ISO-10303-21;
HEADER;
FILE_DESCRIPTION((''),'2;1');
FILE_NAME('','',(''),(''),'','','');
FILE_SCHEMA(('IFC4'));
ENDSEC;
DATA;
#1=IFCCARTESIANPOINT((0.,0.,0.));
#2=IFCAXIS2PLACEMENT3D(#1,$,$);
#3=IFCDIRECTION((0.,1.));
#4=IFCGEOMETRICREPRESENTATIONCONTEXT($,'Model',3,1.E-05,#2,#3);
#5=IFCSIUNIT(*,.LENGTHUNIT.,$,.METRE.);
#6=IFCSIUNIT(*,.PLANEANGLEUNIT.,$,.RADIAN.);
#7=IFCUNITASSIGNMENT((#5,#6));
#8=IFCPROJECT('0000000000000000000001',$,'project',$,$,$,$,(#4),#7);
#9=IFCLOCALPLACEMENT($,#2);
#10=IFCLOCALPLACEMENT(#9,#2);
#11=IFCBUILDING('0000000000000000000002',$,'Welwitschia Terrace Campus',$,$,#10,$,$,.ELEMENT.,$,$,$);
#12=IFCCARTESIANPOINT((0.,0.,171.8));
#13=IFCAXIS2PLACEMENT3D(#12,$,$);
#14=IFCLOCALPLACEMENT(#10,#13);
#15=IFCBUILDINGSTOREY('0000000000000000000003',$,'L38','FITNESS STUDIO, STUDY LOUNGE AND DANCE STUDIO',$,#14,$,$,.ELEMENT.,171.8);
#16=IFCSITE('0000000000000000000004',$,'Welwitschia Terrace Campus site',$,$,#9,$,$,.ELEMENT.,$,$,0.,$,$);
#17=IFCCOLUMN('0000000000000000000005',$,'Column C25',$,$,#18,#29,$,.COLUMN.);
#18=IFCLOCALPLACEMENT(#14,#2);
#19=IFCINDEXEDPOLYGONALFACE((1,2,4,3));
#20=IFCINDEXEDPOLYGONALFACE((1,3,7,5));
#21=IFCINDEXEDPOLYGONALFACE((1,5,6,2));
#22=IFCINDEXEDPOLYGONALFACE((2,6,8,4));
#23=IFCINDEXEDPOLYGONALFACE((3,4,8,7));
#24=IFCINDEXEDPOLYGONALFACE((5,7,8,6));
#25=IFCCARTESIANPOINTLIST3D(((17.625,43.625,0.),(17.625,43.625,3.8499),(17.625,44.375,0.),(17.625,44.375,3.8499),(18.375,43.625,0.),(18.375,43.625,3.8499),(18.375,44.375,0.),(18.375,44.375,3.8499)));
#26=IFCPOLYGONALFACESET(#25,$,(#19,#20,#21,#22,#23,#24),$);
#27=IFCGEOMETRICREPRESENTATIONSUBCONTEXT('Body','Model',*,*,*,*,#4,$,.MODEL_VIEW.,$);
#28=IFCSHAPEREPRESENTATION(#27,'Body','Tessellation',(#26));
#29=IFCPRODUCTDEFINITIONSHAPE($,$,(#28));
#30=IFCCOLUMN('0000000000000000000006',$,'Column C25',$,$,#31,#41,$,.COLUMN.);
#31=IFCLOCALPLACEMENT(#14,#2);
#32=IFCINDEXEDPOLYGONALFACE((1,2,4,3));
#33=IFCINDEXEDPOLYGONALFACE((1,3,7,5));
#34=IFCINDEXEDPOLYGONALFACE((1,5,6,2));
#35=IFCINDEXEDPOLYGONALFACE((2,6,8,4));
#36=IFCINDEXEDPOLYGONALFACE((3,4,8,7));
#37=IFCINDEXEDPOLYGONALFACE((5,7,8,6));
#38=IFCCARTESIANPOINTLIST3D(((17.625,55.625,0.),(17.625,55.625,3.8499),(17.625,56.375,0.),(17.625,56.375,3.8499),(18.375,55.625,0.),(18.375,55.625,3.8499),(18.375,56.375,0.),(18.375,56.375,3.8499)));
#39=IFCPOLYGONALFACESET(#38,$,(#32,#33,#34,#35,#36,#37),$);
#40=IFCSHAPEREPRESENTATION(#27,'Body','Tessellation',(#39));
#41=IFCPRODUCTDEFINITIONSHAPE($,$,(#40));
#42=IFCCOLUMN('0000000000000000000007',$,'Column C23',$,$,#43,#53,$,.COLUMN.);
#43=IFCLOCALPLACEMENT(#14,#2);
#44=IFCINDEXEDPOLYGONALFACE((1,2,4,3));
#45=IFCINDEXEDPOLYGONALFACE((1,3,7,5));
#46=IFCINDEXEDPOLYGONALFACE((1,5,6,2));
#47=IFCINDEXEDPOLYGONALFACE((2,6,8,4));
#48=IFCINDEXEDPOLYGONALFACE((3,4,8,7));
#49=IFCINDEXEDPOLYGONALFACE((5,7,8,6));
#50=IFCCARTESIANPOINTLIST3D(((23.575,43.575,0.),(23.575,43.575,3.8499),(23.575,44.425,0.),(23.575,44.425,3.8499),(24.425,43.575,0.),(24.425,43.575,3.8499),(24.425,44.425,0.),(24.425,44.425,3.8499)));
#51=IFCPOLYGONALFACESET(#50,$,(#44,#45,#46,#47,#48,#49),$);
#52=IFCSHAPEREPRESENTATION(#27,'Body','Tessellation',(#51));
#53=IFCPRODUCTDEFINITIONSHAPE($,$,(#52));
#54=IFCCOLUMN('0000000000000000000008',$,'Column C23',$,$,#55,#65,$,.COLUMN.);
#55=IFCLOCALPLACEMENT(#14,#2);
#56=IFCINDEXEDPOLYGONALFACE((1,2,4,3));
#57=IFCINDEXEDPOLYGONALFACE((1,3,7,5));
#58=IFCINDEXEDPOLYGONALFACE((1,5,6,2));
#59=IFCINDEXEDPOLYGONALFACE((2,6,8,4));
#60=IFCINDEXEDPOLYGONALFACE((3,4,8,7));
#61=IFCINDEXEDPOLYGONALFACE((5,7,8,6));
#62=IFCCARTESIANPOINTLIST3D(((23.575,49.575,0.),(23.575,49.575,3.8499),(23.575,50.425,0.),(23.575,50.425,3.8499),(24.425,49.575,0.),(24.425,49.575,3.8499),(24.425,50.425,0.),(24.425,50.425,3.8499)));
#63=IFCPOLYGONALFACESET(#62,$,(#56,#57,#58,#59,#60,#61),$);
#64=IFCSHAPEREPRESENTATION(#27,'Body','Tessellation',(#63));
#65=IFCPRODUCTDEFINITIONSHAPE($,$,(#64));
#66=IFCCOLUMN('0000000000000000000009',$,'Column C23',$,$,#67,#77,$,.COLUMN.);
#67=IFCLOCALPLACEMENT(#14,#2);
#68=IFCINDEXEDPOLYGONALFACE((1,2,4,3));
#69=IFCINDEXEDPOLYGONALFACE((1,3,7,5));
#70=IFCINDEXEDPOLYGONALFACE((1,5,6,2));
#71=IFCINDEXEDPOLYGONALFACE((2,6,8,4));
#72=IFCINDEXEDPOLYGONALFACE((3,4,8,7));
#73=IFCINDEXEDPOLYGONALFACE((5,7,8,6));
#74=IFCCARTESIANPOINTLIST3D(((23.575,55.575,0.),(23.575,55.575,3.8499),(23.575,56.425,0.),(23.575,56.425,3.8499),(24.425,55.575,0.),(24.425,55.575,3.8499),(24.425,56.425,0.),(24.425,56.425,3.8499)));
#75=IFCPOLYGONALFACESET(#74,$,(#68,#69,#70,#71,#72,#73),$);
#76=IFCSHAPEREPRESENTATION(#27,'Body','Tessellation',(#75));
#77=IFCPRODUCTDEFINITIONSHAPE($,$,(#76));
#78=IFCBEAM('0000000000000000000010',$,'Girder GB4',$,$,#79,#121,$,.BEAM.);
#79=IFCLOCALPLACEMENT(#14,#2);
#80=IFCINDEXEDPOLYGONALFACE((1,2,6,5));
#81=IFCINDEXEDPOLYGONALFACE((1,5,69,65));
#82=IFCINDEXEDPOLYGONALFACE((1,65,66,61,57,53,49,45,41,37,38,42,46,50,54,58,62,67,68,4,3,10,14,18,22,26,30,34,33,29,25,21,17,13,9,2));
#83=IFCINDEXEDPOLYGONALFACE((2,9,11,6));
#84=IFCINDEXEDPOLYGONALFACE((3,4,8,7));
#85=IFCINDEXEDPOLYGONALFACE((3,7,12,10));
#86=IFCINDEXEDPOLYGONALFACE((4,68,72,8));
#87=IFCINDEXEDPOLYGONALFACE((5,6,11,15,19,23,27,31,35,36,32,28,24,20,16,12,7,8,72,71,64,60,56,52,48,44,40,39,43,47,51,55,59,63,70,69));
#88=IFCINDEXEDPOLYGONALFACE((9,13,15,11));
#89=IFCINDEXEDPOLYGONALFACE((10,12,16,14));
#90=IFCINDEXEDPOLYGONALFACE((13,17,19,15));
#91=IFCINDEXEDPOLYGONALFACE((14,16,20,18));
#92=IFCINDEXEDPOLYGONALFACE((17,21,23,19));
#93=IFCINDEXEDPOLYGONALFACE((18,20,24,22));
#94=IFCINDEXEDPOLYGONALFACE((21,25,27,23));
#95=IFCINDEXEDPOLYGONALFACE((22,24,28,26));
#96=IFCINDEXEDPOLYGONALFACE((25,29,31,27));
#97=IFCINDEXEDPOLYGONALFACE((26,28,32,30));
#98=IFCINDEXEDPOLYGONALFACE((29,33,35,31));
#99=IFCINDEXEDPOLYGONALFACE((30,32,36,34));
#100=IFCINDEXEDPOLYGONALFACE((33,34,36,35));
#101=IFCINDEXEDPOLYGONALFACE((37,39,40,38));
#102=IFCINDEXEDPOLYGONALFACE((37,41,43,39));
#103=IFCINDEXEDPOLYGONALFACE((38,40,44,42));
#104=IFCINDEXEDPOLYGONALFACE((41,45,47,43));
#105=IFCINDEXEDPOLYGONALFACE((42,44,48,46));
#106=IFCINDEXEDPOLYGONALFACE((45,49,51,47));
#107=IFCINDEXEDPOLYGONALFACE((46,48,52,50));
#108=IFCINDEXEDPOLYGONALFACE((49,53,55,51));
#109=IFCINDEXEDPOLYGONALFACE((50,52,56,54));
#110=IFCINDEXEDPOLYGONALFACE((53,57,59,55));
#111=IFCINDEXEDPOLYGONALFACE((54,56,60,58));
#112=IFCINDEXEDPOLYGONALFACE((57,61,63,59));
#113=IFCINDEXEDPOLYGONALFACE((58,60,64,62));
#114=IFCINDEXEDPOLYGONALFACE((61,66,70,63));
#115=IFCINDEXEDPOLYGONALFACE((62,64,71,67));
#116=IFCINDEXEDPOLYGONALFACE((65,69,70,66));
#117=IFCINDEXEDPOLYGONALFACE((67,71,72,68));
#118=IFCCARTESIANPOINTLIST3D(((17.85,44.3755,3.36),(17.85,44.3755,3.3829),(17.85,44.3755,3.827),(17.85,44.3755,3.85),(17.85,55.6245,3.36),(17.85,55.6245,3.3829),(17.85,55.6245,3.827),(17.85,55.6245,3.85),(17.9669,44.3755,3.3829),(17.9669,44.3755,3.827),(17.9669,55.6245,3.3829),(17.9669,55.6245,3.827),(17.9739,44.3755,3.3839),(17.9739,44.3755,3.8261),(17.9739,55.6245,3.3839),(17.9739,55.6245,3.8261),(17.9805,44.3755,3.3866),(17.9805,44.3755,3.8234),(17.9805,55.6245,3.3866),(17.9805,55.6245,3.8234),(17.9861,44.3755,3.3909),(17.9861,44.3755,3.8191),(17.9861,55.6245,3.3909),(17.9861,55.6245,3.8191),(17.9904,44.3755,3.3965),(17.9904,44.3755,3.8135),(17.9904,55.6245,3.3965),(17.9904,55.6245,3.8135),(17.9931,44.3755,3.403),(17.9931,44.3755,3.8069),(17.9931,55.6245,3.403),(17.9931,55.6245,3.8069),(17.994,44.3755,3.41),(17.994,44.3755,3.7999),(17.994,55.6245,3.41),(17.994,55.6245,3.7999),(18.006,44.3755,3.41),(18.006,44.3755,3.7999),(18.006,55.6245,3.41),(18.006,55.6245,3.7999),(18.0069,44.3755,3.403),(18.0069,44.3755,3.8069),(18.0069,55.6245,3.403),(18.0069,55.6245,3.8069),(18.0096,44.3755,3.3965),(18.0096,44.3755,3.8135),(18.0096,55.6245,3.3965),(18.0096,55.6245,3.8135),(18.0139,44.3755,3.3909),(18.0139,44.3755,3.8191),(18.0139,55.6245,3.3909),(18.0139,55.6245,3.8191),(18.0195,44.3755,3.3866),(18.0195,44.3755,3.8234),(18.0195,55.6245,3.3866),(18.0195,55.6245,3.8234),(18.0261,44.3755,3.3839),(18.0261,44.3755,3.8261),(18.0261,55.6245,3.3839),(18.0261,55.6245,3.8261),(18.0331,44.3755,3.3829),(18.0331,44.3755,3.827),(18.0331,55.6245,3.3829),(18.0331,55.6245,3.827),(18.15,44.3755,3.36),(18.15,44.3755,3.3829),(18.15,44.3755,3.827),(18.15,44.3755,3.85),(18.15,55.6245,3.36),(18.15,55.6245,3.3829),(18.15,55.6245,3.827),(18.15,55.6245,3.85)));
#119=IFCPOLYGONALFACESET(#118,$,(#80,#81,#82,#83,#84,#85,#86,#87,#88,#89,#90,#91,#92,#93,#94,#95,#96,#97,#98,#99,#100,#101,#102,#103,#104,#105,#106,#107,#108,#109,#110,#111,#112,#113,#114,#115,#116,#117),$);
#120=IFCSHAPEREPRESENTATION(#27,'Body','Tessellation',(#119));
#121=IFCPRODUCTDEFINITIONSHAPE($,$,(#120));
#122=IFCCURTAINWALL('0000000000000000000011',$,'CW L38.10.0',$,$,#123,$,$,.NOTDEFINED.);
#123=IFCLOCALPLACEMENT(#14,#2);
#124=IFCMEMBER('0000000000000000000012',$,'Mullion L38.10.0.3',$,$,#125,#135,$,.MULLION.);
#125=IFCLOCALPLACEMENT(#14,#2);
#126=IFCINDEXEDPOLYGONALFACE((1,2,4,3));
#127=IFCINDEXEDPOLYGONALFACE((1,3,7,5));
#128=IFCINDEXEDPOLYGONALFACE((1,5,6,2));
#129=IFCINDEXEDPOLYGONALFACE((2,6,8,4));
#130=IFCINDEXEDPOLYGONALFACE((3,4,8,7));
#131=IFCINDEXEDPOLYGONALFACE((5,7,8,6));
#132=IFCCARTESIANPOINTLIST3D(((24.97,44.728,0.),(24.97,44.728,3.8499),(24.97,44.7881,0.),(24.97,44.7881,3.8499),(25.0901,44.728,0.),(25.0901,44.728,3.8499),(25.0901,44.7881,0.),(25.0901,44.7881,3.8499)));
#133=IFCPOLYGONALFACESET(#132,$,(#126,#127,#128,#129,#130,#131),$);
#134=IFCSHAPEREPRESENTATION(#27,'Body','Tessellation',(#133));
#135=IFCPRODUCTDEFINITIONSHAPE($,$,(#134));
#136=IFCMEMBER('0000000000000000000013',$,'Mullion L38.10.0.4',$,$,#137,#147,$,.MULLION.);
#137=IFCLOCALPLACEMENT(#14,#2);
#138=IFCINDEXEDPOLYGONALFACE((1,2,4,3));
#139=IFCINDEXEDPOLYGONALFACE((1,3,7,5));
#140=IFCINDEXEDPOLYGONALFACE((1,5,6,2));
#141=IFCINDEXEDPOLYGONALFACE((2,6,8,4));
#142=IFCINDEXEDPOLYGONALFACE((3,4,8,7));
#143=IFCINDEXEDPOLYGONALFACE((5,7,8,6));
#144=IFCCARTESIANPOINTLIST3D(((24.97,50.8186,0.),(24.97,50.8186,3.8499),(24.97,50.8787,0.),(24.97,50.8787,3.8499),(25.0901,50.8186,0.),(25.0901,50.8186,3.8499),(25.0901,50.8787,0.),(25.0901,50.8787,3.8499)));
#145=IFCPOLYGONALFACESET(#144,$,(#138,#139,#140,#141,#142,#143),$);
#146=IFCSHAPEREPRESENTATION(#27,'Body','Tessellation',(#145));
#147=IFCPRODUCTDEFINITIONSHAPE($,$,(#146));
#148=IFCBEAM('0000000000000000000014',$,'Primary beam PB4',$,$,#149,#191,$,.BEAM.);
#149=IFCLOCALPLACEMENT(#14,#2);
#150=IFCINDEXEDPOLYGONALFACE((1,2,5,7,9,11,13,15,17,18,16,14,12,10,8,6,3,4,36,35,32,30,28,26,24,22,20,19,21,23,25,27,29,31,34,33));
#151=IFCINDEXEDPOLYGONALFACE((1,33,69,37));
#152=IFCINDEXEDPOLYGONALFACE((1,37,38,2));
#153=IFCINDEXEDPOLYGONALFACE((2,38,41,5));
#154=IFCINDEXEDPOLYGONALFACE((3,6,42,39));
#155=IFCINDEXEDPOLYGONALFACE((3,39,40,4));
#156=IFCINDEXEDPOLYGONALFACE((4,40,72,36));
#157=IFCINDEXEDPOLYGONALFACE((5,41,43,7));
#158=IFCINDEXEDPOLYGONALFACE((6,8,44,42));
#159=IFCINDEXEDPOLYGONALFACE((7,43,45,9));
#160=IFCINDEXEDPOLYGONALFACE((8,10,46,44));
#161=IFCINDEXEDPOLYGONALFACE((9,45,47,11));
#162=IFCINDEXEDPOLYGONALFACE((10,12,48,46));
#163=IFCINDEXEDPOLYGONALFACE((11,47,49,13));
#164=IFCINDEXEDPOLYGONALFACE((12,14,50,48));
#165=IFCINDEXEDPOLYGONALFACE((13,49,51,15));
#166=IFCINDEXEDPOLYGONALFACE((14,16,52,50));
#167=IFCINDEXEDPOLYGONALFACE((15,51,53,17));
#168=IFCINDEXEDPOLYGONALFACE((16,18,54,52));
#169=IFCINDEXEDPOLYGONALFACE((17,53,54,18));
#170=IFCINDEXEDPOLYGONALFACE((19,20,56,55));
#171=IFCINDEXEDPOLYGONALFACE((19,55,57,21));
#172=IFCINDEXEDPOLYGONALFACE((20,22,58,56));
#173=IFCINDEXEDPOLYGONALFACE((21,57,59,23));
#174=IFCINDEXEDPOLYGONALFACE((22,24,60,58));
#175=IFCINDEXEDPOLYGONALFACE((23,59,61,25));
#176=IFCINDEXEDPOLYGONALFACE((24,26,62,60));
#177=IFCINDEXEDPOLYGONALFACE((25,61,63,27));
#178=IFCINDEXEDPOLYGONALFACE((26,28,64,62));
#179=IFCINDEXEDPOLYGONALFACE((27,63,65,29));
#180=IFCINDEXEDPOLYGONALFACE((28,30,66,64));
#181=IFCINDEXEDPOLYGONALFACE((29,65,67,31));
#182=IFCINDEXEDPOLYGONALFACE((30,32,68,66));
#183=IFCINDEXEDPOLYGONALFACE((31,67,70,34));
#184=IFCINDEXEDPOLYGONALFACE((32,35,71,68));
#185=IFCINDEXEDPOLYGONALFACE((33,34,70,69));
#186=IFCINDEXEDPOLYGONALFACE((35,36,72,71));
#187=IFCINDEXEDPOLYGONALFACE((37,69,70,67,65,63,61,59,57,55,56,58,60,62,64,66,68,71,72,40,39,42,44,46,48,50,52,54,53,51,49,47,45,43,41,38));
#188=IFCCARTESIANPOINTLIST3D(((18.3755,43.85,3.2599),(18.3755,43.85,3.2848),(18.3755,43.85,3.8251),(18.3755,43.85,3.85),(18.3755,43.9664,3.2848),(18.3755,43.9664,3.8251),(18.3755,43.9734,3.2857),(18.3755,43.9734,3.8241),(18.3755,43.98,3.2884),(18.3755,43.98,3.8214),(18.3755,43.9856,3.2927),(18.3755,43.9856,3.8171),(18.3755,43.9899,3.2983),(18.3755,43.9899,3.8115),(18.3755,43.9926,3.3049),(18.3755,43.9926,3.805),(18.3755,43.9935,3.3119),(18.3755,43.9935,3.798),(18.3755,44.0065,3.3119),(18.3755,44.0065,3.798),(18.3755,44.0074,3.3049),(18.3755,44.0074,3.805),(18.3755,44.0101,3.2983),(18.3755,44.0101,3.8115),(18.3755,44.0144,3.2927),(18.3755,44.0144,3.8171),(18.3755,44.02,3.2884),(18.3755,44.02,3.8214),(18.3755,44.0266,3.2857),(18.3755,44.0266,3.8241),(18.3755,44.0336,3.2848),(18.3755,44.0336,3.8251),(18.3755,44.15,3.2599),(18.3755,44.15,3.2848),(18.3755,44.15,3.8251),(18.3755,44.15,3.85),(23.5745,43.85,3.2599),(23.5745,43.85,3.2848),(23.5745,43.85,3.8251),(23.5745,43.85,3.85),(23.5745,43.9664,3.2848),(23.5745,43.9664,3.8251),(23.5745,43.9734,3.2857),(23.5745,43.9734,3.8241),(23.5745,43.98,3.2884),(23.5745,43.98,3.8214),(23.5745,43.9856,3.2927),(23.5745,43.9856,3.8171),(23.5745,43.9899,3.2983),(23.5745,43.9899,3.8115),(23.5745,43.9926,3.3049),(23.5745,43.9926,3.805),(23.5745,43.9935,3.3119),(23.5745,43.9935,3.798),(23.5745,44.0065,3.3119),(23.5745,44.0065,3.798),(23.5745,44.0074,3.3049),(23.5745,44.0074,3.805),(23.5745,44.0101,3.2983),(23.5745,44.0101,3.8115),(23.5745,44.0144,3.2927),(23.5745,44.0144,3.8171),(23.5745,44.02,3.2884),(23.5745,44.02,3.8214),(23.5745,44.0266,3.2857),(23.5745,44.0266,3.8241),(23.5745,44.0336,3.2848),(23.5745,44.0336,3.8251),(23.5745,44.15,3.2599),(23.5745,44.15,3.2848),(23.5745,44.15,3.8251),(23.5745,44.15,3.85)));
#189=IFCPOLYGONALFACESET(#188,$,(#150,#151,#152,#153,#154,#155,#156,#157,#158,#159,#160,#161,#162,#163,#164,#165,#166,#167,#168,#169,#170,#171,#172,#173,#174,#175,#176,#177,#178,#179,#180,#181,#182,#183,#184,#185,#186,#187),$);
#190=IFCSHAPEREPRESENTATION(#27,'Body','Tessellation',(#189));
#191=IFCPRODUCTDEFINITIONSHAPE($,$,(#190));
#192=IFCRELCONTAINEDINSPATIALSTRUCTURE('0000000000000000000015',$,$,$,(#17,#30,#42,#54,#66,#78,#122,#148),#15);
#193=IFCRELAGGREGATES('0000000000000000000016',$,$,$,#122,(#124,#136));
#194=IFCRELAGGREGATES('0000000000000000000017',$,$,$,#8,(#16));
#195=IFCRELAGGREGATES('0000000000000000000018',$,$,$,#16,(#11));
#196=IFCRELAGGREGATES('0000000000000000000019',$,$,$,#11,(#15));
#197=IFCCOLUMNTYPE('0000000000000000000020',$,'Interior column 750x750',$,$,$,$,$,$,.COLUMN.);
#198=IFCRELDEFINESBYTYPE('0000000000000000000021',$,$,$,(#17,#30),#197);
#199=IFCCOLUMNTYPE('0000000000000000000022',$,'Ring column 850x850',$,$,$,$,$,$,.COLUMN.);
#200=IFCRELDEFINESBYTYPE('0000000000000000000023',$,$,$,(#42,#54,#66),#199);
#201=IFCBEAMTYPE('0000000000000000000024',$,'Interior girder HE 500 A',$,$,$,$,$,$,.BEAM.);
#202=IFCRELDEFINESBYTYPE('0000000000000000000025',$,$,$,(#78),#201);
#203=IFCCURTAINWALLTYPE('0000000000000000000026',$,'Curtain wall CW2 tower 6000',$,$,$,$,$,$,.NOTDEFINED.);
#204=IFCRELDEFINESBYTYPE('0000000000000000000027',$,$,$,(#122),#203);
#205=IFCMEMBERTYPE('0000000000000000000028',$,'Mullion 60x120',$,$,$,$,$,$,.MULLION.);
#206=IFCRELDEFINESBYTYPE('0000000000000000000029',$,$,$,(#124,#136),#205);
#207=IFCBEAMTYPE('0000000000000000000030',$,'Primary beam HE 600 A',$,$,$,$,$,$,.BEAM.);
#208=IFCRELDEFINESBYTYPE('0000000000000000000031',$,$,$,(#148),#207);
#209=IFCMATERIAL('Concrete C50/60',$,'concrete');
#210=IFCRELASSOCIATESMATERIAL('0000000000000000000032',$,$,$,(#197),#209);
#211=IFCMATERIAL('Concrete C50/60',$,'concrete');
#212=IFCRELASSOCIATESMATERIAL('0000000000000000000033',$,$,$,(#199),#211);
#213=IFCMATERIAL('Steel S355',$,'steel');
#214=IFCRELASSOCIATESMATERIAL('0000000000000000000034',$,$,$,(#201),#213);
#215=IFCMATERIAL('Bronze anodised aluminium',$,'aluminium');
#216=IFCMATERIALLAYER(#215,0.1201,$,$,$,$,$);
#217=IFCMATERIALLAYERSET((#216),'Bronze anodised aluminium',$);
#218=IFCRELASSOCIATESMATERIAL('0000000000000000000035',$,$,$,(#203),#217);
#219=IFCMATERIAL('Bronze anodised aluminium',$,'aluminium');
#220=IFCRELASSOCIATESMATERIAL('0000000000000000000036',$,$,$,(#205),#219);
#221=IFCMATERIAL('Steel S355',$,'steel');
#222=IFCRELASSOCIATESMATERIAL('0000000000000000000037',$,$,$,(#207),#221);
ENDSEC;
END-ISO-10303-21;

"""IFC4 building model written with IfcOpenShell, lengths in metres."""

from ifc_helpers import new_model, si_unit, direction, frame, origin, origin_2d, place, context, subcontext, project, spatial, rectangle, i_section, extrude, material, layer, layer_set, material_profile, profile_set, type_object, element, aggregate, save


model = new_model("IFC4")

# Units and contexts
model_context = context("Model", 3, precision=1e-05, world=origin(), true_north=direction((0.0, 1.0)))
body_context = subcontext(model_context, "Body", "Model", "MODEL_VIEW")
ifc_project = project(units=[si_unit("LENGTHUNIT", "METRE"), si_unit("PLANEANGLEUNIT", "RADIAN")], contexts=[model_context])

# Site, building, storey
site_placement = place(None, origin())
site = spatial("IfcSite", under=ifc_project, at=site_placement, Name="Welwitschia Terrace Campus site", CompositionType="ELEMENT", RefElevation=0.0)
building_placement = place(site_placement, origin())
building = spatial("IfcBuilding", under=site, at=building_placement, Name="Welwitschia Terrace Campus", CompositionType="ELEMENT")
storey_placement = place(building_placement, frame((0.0, 0.0, 171.8)))
storey = spatial("IfcBuildingStorey", under=building, at=storey_placement, Name="L38", Description="FITNESS STUDIO, STUDY LOUNGE AND DANCE STUDIO", CompositionType="ELEMENT", Elevation=171.8)

# Columns
ifc_material_1 = material(Name="Concrete C50/60", Category="concrete")
ifc_material_profile_1 = material_profile(ifc_material_1, rectangle(XDim=0.75, YDim=0.75, at=origin_2d()))
ifc_profile_set_1 = profile_set([ifc_material_profile_1], Name="Concrete C50/60")
column_type_1 = type_object("IfcColumnType", Name="Interior column 750x750", PredefinedType="COLUMN", material=ifc_profile_set_1)
for number, where, z_axis, x_axis, name in (
    (1, (18.0, 44.0, 0.0), (0.0, 0.0, 1.0), (1.0, 0.0, 0.0), "Column C25"),
    (2, (18.0, 56.0, 0.0), (0.0, 0.0, 1.0), (1.0, 0.0, 0.0), "Column C25"),
):
    element("IfcColumn", number, at=place(storey_placement, frame(where, z_axis=z_axis, x_axis=x_axis)), inside=storey, type_object=column_type_1, Name=name, PredefinedType="COLUMN", context=body_context, shape_type="SweptSolid", body=[
        extrude(rectangle(XDim=0.75, YDim=0.75, at=origin_2d()), origin(), (0.0, 0.0, 1.0), 3.8499),
    ])
ifc_material_2 = material(Name="Concrete C50/60", Category="concrete")
ifc_material_profile_2 = material_profile(ifc_material_2, rectangle(XDim=0.8501, YDim=0.8501, at=origin_2d()))
ifc_profile_set_2 = profile_set([ifc_material_profile_2], Name="Concrete C50/60")
column_type_2 = type_object("IfcColumnType", Name="Ring column 850x850", PredefinedType="COLUMN", material=ifc_profile_set_2)
for number, where, z_axis, x_axis, name in (
    (3, (24.0, 44.0, 0.0), (0.0, 0.0, 1.0), (1.0, 0.0, 0.0), "Column C23"),
    (4, (24.0, 50.0, 0.0), (0.0, 0.0, 1.0), (1.0, 0.0, 0.0), "Column C23"),
    (5, (24.0, 56.0, 0.0), (0.0, 0.0, 1.0), (1.0, 0.0, 0.0), "Column C23"),
):
    element("IfcColumn", number, at=place(storey_placement, frame(where, z_axis=z_axis, x_axis=x_axis)), inside=storey, type_object=column_type_2, Name=name, PredefinedType="COLUMN", context=body_context, shape_type="SweptSolid", body=[
        extrude(rectangle(XDim=0.8501, YDim=0.8501, at=origin_2d()), origin(), (0.0, 0.0, 1.0), 3.8499),
    ])

# Beam
ifc_material_3 = material(Name="Steel S355", Category="steel")
ifc_material_profile_3 = material_profile(ifc_material_3, i_section(OverallWidth=0.3, OverallDepth=0.49, WebThickness=0.012, FlangeThickness=0.0229, FilletRadius=0.0271, at=origin_2d()))
ifc_profile_set_3 = profile_set([ifc_material_profile_3], Name="Steel S355")
beam_type_1 = type_object("IfcBeamType", Name="Interior girder HE 500 A", PredefinedType="BEAM", material=ifc_profile_set_3)
beam_placement = place(storey_placement, frame((18.0, 44.3755, 3.605), z_axis=(0.0, 1.0, 0.0), x_axis=(-1.0, 0.0, 0.0)))
element("IfcBeam", 6, at=beam_placement, inside=storey, type_object=beam_type_1, Name="Girder GB4", PredefinedType="BEAM", context=body_context, shape_type="SweptSolid", body=[
    extrude(i_section(OverallWidth=0.3, OverallDepth=0.49, WebThickness=0.012, FlangeThickness=0.0229, FilletRadius=0.0271, at=origin_2d()), origin(), (0.0, 0.0, 1.0), 11.249),
])

# Curtain wall, members
ifc_material_4 = material(Name="Bronze anodised aluminium", Category="aluminium")
ifc_layer_1 = layer(ifc_material_4, 0.1201)
ifc_layer_set_1 = layer_set([ifc_layer_1], Name="Bronze anodised aluminium")
curtain_wall_type = type_object("IfcCurtainWallType", Name="Curtain wall CW2 tower 6000", PredefinedType="NOTDEFINED", material=ifc_layer_set_1)
curtain_wall_placement = place(storey_placement, origin())
curtain_wall = element("IfcCurtainWall", 7, at=curtain_wall_placement, inside=storey, type_object=curtain_wall_type, Name="CW L38.10.0", PredefinedType="NOTDEFINED")
ifc_material_5 = material(Name="Bronze anodised aluminium", Category="aluminium")
ifc_material_profile_4 = material_profile(ifc_material_5, rectangle(XDim=0.1201, YDim=0.0601, at=origin_2d()))
ifc_profile_set_4 = profile_set([ifc_material_profile_4], Name="Bronze anodised aluminium")
member_type = type_object("IfcMemberType", Name="Mullion 60x120", PredefinedType="MULLION", material=ifc_profile_set_4)
member_1_placement = place(storey_placement, frame((25.03, 44.7581, 0.0), z_axis=(0.0, 0.0, 1.0), x_axis=(-1.0, 0.0, 0.0)))
member_1 = element("IfcMember", 8, at=member_1_placement, type_object=member_type, Name="Mullion L38.10.0.3", PredefinedType="MULLION", context=body_context, shape_type="SweptSolid", body=[
    extrude(rectangle(XDim=0.1201, YDim=0.0601, at=origin_2d()), origin(), (0.0, 0.0, 1.0), 3.8499),
])
member_2_placement = place(storey_placement, frame((25.03, 50.8486, 0.0), z_axis=(0.0, 0.0, 1.0), x_axis=(-1.0, 0.0, 0.0)))
member_2 = element("IfcMember", 9, at=member_2_placement, type_object=member_type, Name="Mullion L38.10.0.4", PredefinedType="MULLION", context=body_context, shape_type="SweptSolid", body=[
    extrude(rectangle(XDim=0.1201, YDim=0.0601, at=origin_2d()), origin(), (0.0, 0.0, 1.0), 3.8499),
])

# Beam
ifc_material_6 = material(Name="Steel S355", Category="steel")
ifc_material_profile_5 = material_profile(ifc_material_6, i_section(OverallWidth=0.3, OverallDepth=0.5901, WebThickness=0.0129, FlangeThickness=0.0249, FilletRadius=0.0271, at=origin_2d()))
ifc_profile_set_5 = profile_set([ifc_material_profile_5], Name="Steel S355")
beam_type_2 = type_object("IfcBeamType", Name="Primary beam HE 600 A", PredefinedType="BEAM", material=ifc_profile_set_5)
for number, where, z_axis, x_axis, name in (
    (10, (23.5745, 44.0, 3.5549), (-1.0, 0.0, 0.0), (0.0, -1.0, 0.0), "Primary beam PB4"),
):
    element("IfcBeam", number, at=place(storey_placement, frame(where, z_axis=z_axis, x_axis=x_axis)), inside=storey, type_object=beam_type_2, Name=name, PredefinedType="BEAM", context=body_context, shape_type="SweptSolid", body=[
        extrude(i_section(OverallWidth=0.3, OverallDepth=0.5901, WebThickness=0.0129, FlangeThickness=0.0249, FilletRadius=0.0271, at=origin_2d()), origin(), (0.0, 0.0, 1.0), 5.199),
    ])

aggregate(curtain_wall, [member_1, member_2])

save(model, "model.ifc")
